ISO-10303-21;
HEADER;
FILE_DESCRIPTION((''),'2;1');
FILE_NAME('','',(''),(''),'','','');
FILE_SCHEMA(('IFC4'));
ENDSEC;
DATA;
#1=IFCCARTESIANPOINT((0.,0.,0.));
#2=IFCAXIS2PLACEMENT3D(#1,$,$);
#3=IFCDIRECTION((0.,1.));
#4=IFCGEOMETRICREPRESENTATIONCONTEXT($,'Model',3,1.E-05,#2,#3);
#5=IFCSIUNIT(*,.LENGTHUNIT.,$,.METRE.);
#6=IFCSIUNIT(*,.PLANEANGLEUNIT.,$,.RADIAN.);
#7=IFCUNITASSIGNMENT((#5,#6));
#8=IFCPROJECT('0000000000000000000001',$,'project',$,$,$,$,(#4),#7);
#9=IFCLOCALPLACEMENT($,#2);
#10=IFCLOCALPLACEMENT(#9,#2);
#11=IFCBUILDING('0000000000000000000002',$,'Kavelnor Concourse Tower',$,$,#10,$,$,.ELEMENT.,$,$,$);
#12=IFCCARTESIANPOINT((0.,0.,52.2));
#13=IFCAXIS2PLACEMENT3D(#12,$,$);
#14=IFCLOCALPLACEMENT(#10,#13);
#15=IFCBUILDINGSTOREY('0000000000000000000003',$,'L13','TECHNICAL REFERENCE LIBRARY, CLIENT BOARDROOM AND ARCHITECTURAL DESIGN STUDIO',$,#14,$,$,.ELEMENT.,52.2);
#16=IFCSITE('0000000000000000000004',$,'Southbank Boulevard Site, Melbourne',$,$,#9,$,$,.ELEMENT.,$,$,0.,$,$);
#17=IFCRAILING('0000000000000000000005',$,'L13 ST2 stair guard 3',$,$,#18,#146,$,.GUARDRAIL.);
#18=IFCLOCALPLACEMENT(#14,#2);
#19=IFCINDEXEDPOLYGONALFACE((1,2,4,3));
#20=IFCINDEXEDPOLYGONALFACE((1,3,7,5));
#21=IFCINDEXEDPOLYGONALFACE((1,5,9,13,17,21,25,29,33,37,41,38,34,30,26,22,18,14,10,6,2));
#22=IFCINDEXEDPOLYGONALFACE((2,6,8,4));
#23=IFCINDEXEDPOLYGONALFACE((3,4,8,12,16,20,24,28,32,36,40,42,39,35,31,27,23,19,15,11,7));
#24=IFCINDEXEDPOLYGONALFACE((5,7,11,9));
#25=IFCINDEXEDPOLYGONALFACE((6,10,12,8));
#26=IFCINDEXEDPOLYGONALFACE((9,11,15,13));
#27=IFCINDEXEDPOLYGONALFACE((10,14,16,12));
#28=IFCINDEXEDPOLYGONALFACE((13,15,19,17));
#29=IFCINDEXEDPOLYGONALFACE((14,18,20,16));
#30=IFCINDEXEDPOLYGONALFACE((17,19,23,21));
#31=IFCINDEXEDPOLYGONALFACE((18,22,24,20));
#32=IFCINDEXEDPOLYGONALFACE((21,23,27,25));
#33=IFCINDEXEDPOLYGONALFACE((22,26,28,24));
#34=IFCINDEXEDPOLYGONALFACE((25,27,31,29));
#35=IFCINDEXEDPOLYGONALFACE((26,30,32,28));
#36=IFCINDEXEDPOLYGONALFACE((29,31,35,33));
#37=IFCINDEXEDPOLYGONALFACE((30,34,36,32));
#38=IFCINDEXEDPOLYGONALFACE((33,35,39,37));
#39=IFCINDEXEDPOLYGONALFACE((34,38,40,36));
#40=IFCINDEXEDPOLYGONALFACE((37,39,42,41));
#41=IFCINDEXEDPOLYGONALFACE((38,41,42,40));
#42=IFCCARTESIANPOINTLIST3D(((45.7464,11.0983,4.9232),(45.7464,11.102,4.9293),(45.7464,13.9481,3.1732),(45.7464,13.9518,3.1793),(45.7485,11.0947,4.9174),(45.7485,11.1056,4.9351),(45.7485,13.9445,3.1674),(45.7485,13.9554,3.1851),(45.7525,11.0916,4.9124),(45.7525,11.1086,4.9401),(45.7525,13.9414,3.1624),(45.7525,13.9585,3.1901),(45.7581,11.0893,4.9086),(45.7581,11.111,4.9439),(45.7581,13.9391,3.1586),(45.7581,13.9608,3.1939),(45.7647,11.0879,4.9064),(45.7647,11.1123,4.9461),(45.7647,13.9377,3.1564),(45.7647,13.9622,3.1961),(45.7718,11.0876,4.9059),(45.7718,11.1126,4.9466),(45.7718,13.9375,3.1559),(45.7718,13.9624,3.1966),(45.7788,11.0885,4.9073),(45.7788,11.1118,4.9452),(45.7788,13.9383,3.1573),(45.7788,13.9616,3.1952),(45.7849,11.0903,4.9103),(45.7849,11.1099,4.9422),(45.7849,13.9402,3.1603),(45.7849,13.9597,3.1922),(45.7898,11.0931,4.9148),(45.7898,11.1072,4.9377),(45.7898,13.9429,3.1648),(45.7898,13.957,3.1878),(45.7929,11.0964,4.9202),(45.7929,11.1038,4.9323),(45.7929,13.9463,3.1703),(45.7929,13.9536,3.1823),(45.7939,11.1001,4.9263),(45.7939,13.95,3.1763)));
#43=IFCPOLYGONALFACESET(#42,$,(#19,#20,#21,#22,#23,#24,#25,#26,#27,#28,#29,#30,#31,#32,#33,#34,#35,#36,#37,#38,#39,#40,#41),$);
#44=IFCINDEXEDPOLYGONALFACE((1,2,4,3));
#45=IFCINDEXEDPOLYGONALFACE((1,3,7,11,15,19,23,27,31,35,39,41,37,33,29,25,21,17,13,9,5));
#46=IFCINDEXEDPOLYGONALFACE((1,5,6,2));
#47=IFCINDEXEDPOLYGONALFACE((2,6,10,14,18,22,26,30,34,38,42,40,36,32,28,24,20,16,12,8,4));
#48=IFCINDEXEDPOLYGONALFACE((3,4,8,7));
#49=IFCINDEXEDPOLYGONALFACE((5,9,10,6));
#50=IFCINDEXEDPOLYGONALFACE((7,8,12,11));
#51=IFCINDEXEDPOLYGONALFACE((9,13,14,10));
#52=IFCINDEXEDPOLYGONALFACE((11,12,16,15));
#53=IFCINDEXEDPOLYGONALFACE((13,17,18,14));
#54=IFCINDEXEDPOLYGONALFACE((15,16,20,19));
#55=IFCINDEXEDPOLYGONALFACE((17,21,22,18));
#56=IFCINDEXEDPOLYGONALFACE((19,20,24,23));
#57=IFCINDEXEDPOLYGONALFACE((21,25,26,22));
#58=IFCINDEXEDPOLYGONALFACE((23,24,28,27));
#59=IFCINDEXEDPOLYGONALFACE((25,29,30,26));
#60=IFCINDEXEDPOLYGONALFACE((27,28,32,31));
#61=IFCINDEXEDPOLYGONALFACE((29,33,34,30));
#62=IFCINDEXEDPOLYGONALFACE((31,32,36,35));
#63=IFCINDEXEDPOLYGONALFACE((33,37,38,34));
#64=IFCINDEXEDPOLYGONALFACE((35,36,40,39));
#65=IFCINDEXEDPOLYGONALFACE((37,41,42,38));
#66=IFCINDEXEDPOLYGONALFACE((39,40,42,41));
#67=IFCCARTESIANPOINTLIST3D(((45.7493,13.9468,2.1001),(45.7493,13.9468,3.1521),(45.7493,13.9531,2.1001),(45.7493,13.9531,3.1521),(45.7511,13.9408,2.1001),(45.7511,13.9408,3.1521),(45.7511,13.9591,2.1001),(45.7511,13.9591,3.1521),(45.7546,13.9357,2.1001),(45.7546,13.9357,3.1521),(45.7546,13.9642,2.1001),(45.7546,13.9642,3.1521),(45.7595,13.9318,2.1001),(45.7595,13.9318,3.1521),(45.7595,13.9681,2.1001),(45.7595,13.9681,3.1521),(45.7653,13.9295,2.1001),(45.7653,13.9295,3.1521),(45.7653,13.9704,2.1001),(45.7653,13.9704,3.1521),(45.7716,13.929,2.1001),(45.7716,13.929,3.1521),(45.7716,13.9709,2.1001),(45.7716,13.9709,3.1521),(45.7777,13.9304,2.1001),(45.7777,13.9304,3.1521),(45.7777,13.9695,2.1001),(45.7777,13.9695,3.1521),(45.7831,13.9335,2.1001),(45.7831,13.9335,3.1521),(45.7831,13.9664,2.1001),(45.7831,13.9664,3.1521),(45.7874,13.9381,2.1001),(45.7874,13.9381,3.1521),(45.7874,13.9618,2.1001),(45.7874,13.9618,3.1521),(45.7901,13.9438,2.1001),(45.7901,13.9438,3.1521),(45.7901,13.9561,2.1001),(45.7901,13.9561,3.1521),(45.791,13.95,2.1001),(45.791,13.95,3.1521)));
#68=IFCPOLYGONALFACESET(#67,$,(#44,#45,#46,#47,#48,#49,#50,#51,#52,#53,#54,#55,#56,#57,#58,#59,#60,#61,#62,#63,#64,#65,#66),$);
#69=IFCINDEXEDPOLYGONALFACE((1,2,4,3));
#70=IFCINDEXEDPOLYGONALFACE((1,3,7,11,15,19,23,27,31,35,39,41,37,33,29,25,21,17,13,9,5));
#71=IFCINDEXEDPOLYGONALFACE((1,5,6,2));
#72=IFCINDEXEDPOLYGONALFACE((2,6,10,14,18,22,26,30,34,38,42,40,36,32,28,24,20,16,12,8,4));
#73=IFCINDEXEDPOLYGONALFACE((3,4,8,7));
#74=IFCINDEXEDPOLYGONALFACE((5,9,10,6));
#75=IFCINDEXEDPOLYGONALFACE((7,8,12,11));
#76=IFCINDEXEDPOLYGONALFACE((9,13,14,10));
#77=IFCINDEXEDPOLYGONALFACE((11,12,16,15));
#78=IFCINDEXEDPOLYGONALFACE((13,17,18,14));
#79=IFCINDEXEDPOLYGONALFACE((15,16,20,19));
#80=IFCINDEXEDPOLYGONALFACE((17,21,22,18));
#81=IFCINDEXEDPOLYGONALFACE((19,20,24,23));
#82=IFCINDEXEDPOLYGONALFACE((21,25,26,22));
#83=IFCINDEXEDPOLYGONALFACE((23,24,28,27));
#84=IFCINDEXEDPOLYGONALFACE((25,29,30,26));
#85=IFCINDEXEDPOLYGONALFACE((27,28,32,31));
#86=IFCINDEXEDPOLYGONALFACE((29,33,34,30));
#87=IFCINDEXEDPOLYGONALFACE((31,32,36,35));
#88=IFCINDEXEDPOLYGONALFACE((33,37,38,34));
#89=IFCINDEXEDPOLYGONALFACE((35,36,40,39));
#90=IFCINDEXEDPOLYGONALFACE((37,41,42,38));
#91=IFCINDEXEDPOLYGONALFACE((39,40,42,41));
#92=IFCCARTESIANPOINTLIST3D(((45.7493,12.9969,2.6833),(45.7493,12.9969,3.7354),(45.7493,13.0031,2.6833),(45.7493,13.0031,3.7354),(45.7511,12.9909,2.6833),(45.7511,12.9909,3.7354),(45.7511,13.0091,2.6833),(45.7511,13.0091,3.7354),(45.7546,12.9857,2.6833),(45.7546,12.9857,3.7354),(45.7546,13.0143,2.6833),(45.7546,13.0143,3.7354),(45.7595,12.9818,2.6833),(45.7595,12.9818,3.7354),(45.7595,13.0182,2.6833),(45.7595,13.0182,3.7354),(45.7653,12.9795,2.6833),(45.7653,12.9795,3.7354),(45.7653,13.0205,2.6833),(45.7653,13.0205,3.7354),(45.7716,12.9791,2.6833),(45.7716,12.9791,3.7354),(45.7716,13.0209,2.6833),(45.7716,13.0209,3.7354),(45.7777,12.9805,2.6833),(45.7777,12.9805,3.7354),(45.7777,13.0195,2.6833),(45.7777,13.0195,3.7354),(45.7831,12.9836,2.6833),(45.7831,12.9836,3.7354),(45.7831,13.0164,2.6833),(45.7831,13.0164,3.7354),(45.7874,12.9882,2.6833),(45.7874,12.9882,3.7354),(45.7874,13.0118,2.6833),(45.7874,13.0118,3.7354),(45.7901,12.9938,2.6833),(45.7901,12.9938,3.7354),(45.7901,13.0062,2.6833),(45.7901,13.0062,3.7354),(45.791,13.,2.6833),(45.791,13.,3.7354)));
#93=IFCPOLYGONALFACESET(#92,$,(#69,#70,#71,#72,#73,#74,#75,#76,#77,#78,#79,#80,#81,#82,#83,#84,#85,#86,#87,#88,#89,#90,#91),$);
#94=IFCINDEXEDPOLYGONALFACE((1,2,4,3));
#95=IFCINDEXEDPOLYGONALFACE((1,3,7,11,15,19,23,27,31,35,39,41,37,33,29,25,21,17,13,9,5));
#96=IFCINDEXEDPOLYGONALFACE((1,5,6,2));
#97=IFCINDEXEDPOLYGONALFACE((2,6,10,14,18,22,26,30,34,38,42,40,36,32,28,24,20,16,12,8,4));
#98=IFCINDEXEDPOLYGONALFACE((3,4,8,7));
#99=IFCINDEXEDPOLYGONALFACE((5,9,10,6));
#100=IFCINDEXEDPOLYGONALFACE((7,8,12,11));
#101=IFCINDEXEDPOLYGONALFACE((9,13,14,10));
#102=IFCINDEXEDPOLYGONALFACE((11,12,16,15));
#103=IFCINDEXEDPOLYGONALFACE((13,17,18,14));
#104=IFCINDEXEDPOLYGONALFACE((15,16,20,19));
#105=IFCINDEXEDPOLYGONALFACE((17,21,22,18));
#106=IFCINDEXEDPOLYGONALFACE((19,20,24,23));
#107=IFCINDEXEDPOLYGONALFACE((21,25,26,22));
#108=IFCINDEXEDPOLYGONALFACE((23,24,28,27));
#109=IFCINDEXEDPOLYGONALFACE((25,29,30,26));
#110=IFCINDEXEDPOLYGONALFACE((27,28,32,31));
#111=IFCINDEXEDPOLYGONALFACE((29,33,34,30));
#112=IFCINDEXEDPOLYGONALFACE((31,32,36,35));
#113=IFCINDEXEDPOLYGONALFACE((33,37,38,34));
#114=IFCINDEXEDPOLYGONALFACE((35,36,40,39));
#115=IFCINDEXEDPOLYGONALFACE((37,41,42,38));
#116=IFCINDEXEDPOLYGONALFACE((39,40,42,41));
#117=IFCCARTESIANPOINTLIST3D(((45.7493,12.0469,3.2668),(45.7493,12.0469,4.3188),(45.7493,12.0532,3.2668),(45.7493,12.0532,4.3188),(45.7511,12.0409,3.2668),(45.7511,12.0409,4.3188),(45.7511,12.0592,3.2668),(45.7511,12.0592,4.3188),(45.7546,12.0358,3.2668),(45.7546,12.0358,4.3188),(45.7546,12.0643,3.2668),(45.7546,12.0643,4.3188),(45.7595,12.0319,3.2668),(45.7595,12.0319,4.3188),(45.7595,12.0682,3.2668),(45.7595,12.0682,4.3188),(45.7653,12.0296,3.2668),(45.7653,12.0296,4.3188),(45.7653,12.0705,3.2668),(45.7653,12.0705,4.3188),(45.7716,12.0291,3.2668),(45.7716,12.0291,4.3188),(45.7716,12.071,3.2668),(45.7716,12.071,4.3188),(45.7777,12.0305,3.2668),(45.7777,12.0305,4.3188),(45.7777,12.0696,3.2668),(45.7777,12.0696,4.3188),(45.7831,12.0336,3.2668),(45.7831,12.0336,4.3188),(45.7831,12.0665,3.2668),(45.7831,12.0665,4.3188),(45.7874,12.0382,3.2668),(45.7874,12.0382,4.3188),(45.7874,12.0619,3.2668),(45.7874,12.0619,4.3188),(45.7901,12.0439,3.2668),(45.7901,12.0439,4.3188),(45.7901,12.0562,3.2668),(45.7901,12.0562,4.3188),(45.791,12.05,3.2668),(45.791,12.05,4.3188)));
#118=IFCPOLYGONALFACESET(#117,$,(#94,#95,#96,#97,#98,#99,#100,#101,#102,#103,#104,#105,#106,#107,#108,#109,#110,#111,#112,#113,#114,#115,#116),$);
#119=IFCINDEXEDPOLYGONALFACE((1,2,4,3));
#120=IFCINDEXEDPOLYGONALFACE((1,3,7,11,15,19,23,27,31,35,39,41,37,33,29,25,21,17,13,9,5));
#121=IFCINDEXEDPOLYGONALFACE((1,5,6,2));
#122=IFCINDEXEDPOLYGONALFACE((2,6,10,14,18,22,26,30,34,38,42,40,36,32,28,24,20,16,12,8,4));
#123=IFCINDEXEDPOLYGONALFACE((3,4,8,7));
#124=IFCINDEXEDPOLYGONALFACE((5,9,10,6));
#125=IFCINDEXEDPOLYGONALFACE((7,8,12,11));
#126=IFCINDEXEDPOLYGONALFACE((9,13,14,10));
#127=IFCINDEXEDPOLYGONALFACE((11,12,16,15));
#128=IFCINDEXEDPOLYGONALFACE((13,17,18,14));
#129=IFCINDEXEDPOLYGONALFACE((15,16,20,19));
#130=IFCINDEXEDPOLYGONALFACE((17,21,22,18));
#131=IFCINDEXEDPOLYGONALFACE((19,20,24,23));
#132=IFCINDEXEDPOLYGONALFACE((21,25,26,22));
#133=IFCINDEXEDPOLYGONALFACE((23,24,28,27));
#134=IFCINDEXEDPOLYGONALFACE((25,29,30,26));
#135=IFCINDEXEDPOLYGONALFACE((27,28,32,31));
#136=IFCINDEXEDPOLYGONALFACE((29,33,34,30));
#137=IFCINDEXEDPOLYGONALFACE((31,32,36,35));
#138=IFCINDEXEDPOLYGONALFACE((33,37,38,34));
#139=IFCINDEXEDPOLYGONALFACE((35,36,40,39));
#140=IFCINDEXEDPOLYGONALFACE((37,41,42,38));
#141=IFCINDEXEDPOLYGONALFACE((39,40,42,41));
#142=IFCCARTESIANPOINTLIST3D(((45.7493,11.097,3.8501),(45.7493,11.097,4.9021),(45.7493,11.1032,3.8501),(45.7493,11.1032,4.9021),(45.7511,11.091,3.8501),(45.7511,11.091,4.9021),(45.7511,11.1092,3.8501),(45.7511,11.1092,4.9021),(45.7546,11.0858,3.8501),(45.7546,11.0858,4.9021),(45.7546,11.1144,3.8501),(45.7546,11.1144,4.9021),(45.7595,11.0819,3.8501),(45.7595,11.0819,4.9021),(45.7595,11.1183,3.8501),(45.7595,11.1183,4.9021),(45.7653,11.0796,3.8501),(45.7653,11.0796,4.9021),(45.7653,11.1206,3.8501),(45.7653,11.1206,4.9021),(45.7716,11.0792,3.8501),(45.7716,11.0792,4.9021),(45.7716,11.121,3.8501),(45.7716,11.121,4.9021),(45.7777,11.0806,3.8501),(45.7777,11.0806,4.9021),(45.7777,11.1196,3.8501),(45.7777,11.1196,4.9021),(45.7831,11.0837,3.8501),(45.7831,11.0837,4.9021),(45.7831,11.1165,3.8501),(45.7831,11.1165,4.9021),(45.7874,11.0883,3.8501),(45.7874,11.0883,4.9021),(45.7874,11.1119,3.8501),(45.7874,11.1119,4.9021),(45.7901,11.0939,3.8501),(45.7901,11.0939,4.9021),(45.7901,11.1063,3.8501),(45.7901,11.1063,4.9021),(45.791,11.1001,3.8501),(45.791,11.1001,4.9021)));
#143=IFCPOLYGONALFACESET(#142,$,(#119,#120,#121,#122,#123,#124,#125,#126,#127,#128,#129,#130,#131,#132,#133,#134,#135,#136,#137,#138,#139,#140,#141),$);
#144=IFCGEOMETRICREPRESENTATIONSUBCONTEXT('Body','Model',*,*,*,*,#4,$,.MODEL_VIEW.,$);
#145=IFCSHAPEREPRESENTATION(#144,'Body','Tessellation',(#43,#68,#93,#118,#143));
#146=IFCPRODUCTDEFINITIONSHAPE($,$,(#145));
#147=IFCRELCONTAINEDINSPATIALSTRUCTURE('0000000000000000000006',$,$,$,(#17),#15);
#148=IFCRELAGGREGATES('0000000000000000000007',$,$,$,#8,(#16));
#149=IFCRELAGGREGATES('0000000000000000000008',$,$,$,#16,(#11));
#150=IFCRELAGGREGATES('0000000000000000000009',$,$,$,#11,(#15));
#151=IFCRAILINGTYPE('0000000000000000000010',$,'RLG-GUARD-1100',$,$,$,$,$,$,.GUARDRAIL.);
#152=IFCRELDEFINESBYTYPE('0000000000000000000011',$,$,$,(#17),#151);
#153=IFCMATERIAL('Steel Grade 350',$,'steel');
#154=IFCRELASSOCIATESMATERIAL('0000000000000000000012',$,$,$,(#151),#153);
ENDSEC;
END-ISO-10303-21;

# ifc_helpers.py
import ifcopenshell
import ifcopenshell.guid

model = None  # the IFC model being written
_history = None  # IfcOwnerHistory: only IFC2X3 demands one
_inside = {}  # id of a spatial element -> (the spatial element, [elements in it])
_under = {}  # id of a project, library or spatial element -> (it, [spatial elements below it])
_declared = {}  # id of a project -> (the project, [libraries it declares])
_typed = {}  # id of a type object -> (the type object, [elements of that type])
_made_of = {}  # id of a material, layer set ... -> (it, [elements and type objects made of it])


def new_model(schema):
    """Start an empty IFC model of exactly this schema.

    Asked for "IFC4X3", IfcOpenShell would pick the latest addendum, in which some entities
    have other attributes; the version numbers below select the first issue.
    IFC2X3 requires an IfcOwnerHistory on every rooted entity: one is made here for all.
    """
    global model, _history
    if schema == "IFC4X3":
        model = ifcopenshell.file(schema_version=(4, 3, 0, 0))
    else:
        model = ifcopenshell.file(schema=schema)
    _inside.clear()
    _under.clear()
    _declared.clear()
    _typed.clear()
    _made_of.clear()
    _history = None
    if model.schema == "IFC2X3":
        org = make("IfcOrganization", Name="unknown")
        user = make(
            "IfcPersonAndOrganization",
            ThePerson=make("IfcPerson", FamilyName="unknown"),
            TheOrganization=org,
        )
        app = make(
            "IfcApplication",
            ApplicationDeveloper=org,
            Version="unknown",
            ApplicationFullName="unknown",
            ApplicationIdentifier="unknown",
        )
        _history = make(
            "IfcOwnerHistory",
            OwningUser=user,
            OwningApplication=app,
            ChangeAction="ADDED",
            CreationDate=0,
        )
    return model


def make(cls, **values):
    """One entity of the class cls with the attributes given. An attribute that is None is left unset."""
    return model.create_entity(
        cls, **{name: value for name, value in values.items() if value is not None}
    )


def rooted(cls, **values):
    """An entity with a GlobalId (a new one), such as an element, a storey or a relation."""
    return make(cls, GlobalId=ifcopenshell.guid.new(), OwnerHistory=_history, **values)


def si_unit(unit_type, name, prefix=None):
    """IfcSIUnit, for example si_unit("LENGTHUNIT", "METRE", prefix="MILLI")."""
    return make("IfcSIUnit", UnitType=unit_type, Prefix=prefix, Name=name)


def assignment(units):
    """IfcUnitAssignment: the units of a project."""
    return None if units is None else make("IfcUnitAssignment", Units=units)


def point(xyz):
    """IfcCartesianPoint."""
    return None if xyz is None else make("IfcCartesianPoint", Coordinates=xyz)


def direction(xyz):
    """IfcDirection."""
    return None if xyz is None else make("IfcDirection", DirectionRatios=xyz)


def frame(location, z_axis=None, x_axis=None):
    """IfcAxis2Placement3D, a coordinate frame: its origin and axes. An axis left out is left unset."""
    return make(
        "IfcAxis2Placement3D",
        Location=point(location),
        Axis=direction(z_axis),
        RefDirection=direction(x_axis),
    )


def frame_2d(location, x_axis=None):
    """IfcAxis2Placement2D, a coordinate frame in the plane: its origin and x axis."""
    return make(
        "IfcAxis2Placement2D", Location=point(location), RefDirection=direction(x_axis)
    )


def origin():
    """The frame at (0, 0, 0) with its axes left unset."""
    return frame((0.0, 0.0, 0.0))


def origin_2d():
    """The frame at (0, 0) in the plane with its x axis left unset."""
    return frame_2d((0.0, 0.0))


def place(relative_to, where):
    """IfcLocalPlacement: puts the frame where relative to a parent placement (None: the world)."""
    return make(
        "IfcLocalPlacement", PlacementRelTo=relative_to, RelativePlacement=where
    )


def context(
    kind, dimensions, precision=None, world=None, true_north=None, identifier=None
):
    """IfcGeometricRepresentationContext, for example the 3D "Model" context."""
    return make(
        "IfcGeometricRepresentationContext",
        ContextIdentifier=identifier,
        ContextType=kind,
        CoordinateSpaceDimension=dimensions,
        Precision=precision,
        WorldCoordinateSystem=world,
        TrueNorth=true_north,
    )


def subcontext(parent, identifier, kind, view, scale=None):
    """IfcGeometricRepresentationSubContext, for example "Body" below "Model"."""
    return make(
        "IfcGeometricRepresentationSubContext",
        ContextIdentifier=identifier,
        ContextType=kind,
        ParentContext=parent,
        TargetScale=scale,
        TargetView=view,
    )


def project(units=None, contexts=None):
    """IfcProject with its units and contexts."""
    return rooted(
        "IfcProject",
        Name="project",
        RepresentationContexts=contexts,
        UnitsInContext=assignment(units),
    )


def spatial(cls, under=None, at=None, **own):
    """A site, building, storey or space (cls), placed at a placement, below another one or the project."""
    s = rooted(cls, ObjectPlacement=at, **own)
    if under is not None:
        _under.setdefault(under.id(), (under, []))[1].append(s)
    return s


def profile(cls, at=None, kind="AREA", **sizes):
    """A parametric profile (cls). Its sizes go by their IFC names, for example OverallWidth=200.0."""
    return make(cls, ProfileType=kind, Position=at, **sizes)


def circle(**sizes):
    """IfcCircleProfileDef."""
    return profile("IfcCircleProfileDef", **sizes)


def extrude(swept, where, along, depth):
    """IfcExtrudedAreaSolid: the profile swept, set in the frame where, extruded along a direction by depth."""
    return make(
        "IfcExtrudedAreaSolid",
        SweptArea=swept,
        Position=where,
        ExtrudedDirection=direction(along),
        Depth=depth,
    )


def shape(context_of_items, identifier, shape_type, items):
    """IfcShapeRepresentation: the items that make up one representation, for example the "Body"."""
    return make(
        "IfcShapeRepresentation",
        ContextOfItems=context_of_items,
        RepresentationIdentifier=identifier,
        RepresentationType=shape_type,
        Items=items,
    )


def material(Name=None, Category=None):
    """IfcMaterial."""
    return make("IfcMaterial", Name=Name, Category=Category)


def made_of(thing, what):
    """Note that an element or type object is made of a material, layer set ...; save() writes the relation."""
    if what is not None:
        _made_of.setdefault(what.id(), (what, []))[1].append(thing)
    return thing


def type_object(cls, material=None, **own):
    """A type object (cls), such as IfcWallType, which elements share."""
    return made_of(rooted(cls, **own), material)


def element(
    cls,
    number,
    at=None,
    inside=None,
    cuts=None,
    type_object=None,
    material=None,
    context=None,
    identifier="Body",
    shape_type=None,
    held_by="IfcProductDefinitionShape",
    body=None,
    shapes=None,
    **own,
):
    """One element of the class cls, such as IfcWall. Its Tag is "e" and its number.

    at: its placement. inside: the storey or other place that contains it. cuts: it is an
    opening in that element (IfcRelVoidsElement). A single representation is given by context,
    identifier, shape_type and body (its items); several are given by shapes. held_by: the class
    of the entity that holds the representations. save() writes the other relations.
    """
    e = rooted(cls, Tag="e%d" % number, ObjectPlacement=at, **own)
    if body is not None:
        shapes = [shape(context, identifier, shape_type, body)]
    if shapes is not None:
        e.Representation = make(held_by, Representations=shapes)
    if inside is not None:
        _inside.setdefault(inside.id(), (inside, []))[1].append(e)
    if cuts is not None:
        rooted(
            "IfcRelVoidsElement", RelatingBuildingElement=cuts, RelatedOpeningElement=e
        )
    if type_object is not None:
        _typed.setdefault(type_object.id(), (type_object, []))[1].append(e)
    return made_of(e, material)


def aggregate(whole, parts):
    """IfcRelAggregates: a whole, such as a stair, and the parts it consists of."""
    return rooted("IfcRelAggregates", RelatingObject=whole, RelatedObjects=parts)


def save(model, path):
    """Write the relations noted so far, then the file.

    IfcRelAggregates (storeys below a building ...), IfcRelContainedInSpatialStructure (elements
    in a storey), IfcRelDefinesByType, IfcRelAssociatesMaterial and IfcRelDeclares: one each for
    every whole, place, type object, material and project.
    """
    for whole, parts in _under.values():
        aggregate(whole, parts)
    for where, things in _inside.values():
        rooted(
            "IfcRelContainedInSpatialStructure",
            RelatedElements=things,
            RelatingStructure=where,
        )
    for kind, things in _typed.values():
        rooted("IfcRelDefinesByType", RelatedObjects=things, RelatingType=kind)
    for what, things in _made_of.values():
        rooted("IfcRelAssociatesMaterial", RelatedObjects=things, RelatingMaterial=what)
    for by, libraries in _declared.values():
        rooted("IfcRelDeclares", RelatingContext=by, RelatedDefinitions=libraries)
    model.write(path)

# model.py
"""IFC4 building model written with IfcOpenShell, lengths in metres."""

from ifc_helpers import new_model, si_unit, direction, frame, origin, origin_2d, place, context, subcontext, project, spatial, circle, extrude, material, type_object, element, save


model = new_model("IFC4")

# Units and contexts
model_context = context("Model", 3, precision=1e-05, world=origin(), true_north=direction((0.0, 1.0)))
body_context = subcontext(model_context, "Body", "Model", "MODEL_VIEW")
ifc_project = project(units=[si_unit("LENGTHUNIT", "METRE"), si_unit("PLANEANGLEUNIT", "RADIAN")], contexts=[model_context])

# Site, building, storey
site_placement = place(None, origin())
site = spatial("IfcSite", under=ifc_project, at=site_placement, Name="Southbank Boulevard Site, Melbourne", CompositionType="ELEMENT", RefElevation=0.0)
building_placement = place(site_placement, origin())
building = spatial("IfcBuilding", under=site, at=building_placement, Name="Kavelnor Concourse Tower", CompositionType="ELEMENT")
storey_placement = place(building_placement, frame((0.0, 0.0, 52.2)))
storey = spatial("IfcBuildingStorey", under=building, at=storey_placement, Name="L13", Description="TECHNICAL REFERENCE LIBRARY, CLIENT BOARDROOM AND ARCHITECTURAL DESIGN STUDIO", CompositionType="ELEMENT", Elevation=52.2)

# Shared definitions
ifc_material_1 = material(Name="Steel Grade 350", Category="steel")

# Railing
railing_type_1 = type_object("IfcRailingType", Name="RLG-GUARD-1100", PredefinedType="GUARDRAIL", material=ifc_material_1)
railing_1_placement = place(storey_placement, frame((45.77, 13.95, 2.1001)))
element("IfcRailing", 1, at=railing_1_placement, inside=storey, type_object=railing_type_1, Name="L13 ST2 stair guard 3", PredefinedType="GUARDRAIL", context=body_context, shape_type="SweptSolid", body=[
    extrude(circle(Radius=0.0239, at=origin_2d()), frame((0.0, 0.0, 1.0762), z_axis=(0.0, -0.852159, 0.523283), x_axis=(1.0, 0.0, 0.0)), (0.0, 0.0, 1.0), 3.3442),
    extrude(circle(Radius=0.021, at=origin_2d()), origin(), (0.0, 0.0, 1.0), 1.052),
    extrude(circle(Radius=0.021, at=origin_2d()), frame((0.0, -0.95, 0.5833)), (0.0, 0.0, 1.0), 1.052),
    extrude(circle(Radius=0.021, at=origin_2d()), frame((0.0, -1.8999, 1.1667)), (0.0, 0.0, 1.0), 1.052),
    extrude(circle(Radius=0.021, at=origin_2d()), frame((0.0, -2.8499, 1.75)), (0.0, 0.0, 1.0), 1.052),
])

save(model, "model.ifc")
